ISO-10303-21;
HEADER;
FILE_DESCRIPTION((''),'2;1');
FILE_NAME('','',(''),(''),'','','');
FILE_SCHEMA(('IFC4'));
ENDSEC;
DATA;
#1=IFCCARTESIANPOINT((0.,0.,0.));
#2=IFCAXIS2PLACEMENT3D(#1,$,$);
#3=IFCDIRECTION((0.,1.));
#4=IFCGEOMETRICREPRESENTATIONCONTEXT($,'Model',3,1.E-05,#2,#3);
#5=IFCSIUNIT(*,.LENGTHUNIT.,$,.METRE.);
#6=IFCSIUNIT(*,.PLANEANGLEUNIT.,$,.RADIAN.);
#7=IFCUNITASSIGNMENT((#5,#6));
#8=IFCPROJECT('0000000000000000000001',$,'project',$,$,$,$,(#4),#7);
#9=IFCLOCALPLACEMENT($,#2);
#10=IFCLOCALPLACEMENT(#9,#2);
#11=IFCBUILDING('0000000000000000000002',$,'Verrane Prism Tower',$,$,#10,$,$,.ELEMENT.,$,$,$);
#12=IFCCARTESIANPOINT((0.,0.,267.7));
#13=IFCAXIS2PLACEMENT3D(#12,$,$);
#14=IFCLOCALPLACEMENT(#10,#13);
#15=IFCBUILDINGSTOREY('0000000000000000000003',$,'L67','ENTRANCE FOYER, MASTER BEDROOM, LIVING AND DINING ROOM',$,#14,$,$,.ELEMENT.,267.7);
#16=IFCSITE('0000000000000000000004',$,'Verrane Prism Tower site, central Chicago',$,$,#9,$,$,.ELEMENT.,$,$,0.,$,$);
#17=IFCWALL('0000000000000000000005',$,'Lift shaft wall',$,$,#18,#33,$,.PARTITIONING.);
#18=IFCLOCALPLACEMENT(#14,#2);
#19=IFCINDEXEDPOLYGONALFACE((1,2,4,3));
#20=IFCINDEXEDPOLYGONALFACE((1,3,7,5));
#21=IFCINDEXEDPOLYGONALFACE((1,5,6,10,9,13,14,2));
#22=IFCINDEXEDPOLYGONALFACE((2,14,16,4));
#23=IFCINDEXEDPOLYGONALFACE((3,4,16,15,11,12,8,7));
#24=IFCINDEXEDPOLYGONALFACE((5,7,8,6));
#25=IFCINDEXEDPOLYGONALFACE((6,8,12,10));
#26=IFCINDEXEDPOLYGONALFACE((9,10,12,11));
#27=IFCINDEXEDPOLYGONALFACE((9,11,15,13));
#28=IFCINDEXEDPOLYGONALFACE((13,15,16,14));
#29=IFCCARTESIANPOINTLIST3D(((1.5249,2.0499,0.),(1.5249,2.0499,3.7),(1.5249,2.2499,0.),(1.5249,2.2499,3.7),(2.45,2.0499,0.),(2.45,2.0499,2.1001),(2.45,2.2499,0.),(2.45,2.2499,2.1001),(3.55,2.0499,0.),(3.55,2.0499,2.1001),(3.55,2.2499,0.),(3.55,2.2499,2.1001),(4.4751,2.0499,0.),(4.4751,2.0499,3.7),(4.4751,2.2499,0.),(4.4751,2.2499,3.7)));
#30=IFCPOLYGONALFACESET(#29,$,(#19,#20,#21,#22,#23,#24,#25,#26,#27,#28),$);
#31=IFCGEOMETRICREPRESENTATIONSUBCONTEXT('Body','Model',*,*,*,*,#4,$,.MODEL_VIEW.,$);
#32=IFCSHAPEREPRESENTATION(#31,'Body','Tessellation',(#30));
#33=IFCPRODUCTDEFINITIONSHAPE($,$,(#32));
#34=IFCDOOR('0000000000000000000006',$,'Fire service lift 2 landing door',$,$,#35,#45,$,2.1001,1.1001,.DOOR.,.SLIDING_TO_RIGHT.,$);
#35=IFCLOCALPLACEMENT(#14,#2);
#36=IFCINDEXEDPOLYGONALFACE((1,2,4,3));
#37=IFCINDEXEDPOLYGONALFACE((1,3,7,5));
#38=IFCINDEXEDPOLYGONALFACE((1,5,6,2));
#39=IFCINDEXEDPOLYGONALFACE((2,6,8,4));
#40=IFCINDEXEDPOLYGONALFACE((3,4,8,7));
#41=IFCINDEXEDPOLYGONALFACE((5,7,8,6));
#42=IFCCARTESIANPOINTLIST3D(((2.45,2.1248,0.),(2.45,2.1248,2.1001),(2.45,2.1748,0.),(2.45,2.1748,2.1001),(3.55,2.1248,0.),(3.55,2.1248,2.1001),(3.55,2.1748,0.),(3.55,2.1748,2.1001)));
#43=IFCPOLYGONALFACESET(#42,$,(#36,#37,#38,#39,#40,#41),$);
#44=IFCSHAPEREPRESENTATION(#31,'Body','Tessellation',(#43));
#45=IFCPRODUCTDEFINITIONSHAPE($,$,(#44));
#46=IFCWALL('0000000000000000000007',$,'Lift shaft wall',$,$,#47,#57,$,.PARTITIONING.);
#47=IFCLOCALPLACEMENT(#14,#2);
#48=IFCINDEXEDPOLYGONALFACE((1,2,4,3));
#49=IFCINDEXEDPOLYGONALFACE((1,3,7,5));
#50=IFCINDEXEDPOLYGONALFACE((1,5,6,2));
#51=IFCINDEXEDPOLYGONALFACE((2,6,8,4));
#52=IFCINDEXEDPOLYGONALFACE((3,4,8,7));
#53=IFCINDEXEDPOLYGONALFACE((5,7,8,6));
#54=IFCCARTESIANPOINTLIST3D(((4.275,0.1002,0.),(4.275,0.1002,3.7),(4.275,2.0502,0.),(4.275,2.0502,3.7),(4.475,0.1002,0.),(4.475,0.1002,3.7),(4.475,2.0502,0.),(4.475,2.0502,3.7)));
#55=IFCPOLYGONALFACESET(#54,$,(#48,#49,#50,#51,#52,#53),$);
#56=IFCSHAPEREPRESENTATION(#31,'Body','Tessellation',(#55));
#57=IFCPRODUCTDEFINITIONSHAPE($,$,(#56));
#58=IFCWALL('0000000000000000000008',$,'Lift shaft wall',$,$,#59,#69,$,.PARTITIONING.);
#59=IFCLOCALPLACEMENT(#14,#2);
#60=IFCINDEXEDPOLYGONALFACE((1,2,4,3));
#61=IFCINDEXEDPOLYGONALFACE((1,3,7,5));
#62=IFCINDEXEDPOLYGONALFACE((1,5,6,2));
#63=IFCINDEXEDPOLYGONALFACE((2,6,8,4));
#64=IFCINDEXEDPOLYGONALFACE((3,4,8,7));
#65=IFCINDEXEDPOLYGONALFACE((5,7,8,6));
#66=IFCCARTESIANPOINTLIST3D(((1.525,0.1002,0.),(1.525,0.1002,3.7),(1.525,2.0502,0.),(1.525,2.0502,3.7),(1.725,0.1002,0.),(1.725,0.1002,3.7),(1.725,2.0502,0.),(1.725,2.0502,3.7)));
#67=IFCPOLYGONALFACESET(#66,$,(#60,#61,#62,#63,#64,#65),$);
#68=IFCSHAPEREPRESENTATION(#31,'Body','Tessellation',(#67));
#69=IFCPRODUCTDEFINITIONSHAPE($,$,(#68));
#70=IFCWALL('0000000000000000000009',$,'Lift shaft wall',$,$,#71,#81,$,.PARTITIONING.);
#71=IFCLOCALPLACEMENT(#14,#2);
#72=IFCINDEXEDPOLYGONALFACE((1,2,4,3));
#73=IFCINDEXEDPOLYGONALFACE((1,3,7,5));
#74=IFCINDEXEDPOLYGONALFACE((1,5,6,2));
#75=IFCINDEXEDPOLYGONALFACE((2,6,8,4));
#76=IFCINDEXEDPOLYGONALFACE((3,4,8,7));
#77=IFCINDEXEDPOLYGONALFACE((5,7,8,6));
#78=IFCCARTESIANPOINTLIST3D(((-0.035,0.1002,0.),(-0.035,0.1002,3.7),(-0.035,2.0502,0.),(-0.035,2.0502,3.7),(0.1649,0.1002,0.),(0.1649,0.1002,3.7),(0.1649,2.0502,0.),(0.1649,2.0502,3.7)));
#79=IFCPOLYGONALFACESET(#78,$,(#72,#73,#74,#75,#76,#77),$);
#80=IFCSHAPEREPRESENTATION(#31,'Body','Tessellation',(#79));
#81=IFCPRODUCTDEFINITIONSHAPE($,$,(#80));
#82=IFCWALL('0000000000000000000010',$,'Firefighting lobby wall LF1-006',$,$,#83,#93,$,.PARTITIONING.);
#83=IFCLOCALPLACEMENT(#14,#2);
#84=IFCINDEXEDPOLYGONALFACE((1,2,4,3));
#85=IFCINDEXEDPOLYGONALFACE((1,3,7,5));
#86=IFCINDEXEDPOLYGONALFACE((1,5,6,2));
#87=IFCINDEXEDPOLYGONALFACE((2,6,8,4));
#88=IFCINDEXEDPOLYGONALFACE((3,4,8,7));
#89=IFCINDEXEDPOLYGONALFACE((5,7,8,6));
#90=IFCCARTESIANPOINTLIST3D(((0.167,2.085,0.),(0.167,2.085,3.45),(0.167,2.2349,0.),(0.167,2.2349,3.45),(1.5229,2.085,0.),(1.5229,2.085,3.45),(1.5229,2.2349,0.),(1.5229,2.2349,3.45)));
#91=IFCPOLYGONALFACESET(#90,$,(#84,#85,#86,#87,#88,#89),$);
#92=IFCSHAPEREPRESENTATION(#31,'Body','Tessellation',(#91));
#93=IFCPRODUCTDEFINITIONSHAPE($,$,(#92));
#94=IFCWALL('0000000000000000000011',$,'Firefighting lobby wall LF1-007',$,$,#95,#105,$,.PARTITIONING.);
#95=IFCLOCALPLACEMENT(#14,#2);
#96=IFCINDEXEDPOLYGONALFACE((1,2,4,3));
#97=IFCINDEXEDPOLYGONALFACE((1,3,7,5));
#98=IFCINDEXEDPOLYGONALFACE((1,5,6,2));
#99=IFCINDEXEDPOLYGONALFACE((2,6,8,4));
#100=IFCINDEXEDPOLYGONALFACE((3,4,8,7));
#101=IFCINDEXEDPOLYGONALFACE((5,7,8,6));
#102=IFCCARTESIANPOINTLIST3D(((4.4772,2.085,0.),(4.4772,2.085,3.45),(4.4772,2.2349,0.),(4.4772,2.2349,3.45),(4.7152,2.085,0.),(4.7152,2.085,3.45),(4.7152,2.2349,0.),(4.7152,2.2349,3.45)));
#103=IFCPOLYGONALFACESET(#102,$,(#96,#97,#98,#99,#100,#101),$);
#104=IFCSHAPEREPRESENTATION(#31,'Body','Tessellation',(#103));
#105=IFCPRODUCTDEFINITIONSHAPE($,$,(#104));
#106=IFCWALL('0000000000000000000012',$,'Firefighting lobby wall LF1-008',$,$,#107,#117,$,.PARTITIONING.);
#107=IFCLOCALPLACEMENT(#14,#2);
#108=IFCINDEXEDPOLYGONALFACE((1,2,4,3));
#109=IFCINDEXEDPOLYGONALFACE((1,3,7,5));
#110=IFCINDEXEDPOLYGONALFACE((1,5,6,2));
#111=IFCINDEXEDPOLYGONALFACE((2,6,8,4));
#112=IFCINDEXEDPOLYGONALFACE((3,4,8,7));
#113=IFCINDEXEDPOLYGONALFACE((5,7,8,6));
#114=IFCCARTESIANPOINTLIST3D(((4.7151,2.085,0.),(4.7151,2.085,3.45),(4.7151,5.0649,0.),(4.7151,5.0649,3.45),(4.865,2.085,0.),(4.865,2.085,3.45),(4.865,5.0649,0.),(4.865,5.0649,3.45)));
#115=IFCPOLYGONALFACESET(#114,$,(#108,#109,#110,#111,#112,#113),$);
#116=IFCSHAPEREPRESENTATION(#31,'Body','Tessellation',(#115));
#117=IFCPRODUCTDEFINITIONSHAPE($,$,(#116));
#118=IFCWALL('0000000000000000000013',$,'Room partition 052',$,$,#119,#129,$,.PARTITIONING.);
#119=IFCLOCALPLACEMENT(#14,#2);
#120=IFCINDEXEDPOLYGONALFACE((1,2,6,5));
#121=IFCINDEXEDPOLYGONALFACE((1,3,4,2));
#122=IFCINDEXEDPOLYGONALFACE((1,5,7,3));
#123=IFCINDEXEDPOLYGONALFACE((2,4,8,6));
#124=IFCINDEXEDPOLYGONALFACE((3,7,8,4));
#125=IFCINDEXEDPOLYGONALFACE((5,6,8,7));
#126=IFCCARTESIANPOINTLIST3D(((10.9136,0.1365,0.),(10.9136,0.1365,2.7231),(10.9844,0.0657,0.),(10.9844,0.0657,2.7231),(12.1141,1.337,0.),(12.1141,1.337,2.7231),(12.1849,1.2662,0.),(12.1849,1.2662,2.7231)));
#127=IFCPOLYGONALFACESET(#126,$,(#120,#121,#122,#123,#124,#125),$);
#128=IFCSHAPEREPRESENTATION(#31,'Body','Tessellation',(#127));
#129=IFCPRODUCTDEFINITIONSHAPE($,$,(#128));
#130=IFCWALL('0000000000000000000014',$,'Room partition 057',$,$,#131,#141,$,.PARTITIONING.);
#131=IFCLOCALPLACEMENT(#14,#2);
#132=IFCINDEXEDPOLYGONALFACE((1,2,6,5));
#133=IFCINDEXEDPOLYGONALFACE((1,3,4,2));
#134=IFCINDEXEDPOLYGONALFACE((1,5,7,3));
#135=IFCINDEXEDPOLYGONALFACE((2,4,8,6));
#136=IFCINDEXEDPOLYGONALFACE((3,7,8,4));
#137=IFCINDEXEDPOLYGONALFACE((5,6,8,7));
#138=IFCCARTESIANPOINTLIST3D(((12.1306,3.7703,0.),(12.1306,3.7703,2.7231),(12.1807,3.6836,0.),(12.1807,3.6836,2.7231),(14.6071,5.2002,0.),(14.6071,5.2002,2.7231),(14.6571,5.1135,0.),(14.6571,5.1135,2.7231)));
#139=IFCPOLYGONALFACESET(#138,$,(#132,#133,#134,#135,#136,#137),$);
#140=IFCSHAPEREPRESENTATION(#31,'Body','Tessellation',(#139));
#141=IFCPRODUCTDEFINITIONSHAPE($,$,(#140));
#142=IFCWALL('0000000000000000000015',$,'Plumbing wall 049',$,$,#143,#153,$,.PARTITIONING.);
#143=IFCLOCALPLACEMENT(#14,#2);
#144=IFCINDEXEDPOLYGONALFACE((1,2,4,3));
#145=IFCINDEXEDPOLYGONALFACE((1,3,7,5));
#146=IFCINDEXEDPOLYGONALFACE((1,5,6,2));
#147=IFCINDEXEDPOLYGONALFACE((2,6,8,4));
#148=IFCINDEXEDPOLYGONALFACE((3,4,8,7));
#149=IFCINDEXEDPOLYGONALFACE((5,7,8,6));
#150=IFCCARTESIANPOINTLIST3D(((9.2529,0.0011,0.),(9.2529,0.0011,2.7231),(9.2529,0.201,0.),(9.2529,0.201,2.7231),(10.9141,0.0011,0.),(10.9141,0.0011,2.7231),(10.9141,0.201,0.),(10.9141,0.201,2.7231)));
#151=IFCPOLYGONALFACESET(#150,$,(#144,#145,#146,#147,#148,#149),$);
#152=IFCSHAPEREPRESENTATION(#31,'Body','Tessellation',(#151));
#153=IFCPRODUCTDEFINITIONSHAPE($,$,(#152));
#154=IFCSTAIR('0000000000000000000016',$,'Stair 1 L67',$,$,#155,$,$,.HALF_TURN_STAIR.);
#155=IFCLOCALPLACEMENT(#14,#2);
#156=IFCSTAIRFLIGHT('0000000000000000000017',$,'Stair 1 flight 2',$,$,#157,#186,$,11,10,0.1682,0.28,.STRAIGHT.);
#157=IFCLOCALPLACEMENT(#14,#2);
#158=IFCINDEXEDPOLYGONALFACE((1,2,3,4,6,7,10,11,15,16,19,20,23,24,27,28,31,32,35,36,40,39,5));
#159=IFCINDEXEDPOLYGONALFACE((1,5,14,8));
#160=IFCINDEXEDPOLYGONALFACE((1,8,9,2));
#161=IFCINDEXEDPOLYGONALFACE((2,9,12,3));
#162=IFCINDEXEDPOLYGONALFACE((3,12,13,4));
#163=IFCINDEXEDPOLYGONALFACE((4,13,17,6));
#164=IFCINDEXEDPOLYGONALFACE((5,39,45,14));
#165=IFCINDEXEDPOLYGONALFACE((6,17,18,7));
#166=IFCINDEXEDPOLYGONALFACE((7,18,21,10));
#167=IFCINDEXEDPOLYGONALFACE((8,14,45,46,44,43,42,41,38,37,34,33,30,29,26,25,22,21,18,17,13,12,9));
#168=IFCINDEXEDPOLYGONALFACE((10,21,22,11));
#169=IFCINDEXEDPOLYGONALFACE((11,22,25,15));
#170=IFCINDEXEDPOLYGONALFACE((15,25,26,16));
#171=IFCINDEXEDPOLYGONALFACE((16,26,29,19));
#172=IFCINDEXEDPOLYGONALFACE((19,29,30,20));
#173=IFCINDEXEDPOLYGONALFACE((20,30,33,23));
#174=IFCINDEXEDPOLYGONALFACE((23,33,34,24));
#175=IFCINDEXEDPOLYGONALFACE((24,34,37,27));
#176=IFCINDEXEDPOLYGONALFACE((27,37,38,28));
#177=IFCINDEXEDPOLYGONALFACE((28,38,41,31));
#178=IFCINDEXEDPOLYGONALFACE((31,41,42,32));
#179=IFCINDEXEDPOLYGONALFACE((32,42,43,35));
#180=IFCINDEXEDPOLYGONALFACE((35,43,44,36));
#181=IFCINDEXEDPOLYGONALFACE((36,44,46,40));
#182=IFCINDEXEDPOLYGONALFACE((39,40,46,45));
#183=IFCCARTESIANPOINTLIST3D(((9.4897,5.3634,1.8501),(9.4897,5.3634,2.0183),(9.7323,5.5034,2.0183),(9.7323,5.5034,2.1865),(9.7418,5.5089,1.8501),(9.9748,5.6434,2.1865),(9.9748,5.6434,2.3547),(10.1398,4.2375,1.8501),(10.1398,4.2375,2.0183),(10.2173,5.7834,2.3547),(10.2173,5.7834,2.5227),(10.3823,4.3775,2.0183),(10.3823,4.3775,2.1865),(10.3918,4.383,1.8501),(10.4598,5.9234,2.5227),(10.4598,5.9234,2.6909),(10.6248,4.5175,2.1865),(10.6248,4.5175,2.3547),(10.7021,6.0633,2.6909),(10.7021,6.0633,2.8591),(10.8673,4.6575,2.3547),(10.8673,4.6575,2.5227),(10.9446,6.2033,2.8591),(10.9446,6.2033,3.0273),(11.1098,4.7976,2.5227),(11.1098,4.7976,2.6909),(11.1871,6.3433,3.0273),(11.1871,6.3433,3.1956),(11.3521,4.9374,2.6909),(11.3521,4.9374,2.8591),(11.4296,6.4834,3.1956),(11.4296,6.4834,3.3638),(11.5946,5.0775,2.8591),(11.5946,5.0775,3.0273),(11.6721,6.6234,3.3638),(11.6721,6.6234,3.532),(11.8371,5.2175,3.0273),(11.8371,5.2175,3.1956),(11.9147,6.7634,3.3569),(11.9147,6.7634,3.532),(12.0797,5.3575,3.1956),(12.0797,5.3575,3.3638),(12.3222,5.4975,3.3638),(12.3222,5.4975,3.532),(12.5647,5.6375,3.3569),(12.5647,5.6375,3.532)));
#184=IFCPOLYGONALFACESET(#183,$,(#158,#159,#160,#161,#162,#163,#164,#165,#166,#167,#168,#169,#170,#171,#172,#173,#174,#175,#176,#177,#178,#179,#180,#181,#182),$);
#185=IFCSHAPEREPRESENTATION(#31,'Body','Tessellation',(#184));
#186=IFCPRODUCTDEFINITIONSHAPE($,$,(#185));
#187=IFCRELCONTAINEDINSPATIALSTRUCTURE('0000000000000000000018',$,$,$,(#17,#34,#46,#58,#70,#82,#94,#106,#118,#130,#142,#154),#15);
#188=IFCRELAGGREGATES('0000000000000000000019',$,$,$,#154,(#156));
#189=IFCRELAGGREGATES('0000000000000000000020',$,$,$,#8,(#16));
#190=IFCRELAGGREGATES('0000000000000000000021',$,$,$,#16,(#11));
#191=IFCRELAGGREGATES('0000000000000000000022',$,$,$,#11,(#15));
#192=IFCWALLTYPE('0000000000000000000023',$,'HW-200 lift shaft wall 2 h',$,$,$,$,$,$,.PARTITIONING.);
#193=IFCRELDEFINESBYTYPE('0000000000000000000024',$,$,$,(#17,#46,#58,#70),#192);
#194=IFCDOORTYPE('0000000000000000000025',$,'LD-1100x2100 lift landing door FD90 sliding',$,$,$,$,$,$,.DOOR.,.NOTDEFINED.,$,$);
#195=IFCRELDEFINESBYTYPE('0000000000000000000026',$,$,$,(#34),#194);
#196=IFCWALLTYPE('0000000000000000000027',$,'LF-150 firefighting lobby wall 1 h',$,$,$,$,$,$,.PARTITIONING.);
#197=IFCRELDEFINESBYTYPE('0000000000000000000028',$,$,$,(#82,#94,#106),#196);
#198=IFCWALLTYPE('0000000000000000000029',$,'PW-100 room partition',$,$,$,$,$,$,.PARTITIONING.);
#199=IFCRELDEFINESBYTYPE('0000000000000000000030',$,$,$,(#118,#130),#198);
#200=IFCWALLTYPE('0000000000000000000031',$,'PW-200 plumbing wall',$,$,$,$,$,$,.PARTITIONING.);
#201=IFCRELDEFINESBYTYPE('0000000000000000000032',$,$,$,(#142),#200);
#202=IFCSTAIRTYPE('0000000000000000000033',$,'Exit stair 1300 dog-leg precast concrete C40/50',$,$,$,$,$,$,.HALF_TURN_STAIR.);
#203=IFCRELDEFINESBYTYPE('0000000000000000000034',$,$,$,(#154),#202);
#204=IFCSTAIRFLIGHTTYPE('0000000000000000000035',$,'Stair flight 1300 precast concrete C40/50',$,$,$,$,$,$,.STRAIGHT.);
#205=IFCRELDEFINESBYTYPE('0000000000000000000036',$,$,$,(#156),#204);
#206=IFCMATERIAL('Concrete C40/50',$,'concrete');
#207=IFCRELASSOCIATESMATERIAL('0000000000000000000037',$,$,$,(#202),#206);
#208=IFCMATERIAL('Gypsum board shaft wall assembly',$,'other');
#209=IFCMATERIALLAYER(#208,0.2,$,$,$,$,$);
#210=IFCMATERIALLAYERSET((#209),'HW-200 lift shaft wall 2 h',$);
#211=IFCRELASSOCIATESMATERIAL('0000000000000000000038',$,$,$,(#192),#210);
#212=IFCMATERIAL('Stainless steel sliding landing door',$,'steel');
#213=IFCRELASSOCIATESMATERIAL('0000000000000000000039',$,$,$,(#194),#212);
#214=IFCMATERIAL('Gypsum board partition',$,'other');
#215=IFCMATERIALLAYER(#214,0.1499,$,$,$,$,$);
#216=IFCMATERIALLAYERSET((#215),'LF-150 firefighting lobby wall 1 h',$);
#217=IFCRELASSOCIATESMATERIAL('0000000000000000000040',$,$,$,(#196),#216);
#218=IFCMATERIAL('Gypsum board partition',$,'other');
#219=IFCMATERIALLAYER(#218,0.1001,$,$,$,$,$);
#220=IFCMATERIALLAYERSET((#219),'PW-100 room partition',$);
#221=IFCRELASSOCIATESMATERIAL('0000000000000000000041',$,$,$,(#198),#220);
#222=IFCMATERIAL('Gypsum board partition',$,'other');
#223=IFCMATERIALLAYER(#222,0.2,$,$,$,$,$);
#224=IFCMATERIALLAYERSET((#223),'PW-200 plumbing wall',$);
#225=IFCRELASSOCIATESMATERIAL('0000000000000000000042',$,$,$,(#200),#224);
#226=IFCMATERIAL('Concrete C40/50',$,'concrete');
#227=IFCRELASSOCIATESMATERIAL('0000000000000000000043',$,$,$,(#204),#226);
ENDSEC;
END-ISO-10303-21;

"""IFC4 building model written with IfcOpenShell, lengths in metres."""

from ifc_helpers import new_model, si_unit, direction, frame, frame_2d, origin, place, context, subcontext, project, spatial, polyline, rectangle, outline, extrude, material, layer, layer_set, type_object, element, fill, aggregate, save


model = new_model("IFC4")

# Units and contexts
model_context = context("Model", 3, precision=1e-05, world=origin(), true_north=direction((0.0, 1.0)))
body_context = subcontext(model_context, "Body", "Model", "MODEL_VIEW")
ifc_project = project(units=[si_unit("LENGTHUNIT", "METRE"), si_unit("PLANEANGLEUNIT", "RADIAN")], contexts=[model_context])

# Site, building, storey
site_placement = place(None, origin())
site = spatial("IfcSite", under=ifc_project, at=site_placement, Name="Verrane Prism Tower site, central Chicago", CompositionType="ELEMENT", RefElevation=0.0)
building_placement = place(site_placement, origin())
building = spatial("IfcBuilding", under=site, at=building_placement, Name="Verrane Prism Tower", CompositionType="ELEMENT")
storey_placement = place(building_placement, frame((0.0, 0.0, 267.7)))
storey = spatial("IfcBuildingStorey", under=building, at=storey_placement, Name="L67", Description="ENTRANCE FOYER, MASTER BEDROOM, LIVING AND DINING ROOM", CompositionType="ELEMENT", Elevation=267.7)

# Shared definitions
ifc_material_1 = material(Name="Concrete C40/50", Category="concrete")
stair_type = type_object("IfcStairType", Name="Exit stair 1300 dog-leg precast concrete C40/50", PredefinedType="HALF_TURN_STAIR", material=ifc_material_1)

# Shared definitions
ifc_material_2 = material(Name="Gypsum board shaft wall assembly", Category="other")
ifc_layer_1 = layer(ifc_material_2, 0.2)
ifc_layer_set_1 = layer_set([ifc_layer_1], Name="HW-200 lift shaft wall 2 h")
wall_type_1 = type_object("IfcWallType", Name="HW-200 lift shaft wall 2 h", PredefinedType="PARTITIONING", material=ifc_layer_set_1)

# Wall, opening, door
wall_1_placement = place(storey_placement, frame((1.5249, 2.1499, 0.0), z_axis=(0.0, 0.0, 1.0), x_axis=(1.0, 0.0, 0.0)))
wall_1 = element("IfcWall", 1, at=wall_1_placement, inside=storey, type_object=wall_type_1, Name="Lift shaft wall", PredefinedType="PARTITIONING", context=body_context, shape_type="SweptSolid", body=[
    extrude(rectangle(XDim=2.9502, YDim=0.2, at=frame_2d((1.4751, 0.0))), origin(), (0.0, 0.0, 1.0), 3.7),
])
opening_1_placement = place(wall_1_placement, frame((0.925, 0.0, 0.0)))
opening_1 = element("IfcOpeningElement", 2, at=opening_1_placement, cuts=wall_1, PredefinedType="OPENING", context=body_context, shape_type="SweptSolid", body=[
    extrude(rectangle(XDim=1.1001, YDim=2.1001, at=frame_2d((0.55, 1.05))), frame((0.0, 0.1099, 0.0), z_axis=(0.0, -1.0, 0.0), x_axis=(1.0, 0.0, 0.0)), (0.0, 0.0, 1.0), 0.22),
])
ifc_material_3 = material(Name="Stainless steel sliding landing door", Category="steel")
door_type_1 = type_object("IfcDoorType", Name="LD-1100x2100 lift landing door FD90 sliding", OperationType="NOTDEFINED", PredefinedType="DOOR", material=ifc_material_3)
door_1_placement = place(opening_1_placement, origin())
door_1 = element("IfcDoor", 3, at=door_1_placement, inside=storey, type_object=door_type_1, Name="Fire service lift 2 landing door", OperationType="SLIDING_TO_RIGHT", OverallHeight=2.1001, OverallWidth=1.1001, PredefinedType="DOOR", context=body_context, shape_type="SweptSolid", body=[
    extrude(rectangle(XDim=1.1001, YDim=2.1001, at=frame_2d((0.55, 1.05))), frame((0.0, 0.0249, 0.0), z_axis=(0.0, -1.0, 0.0), x_axis=(1.0, 0.0, 0.0)), (0.0, 0.0, 1.0), 0.05),
])
fill(opening_1, door_1)

# Walls
for number, where, z_axis, x_axis, name in (
    (4, (4.375, 0.1001, 0.0), (0.0, 0.0, 1.0), (0.0, 1.0, 0.0), "Lift shaft wall"),
    (5, (1.625, 0.1001, 0.0), (0.0, 0.0, 1.0), (0.0, 1.0, 0.0), "Lift shaft wall"),
    (6, (0.0649, 0.1001, 0.0), (0.0, 0.0, 1.0), (0.0, 1.0, 0.0), "Lift shaft wall"),
):
    element("IfcWall", number, at=place(storey_placement, frame(where, z_axis=z_axis, x_axis=x_axis)), inside=storey, type_object=wall_type_1, Name=name, PredefinedType="PARTITIONING", context=body_context, shape_type="SweptSolid", body=[
        extrude(rectangle(XDim=1.95, YDim=0.2, at=frame_2d((0.9751, 0.0))), origin(), (0.0, 0.0, 1.0), 3.7),
    ])
ifc_material_4 = material(Name="Gypsum board partition", Category="other")
ifc_layer_2 = layer(ifc_material_4, 0.1499)
ifc_layer_set_2 = layer_set([ifc_layer_2], Name="LF-150 firefighting lobby wall 1 h")
wall_type_2 = type_object("IfcWallType", Name="LF-150 firefighting lobby wall 1 h", PredefinedType="PARTITIONING", material=ifc_layer_set_2)
wall_2_placement = place(storey_placement, frame((0.167, 2.1599, 0.0), z_axis=(0.0, 0.0, 1.0), x_axis=(1.0, 0.0, 0.0)))
element("IfcWall", 7, at=wall_2_placement, inside=storey, type_object=wall_type_2, Name="Firefighting lobby wall LF1-006", PredefinedType="PARTITIONING", context=body_context, shape_type="SweptSolid", body=[
    extrude(rectangle(XDim=1.356, YDim=0.1499, at=frame_2d((0.678, 0.0))), origin(), (0.0, 0.0, 1.0), 3.45),
])
wall_3_placement = place(storey_placement, frame((4.4771, 2.1599, 0.0), z_axis=(0.0, 0.0, 1.0), x_axis=(1.0, 0.0, 0.0)))
element("IfcWall", 8, at=wall_3_placement, inside=storey, type_object=wall_type_2, Name="Firefighting lobby wall LF1-007", PredefinedType="PARTITIONING", context=body_context, shape_type="SweptSolid", body=[
    extrude(rectangle(XDim=0.238, YDim=0.1499, at=frame_2d((0.1191, 0.0))), origin(), (0.0, 0.0, 1.0), 3.45),
])
wall_4_placement = place(storey_placement, frame((4.79, 2.085, 0.0), z_axis=(0.0, 0.0, 1.0), x_axis=(0.0, 1.0, 0.0)))
element("IfcWall", 9, at=wall_4_placement, inside=storey, type_object=wall_type_2, Name="Firefighting lobby wall LF1-008", PredefinedType="PARTITIONING", context=body_context, shape_type="SweptSolid", body=[
    extrude(rectangle(XDim=2.98, YDim=0.1499, at=frame_2d((1.49, 0.0))), origin(), (0.0, 0.0, 1.0), 3.45),
])
ifc_material_5 = material(Name="Gypsum board partition", Category="other")
ifc_layer_3 = layer(ifc_material_5, 0.1001)
ifc_layer_set_3 = layer_set([ifc_layer_3], Name="PW-100 room partition")
wall_type_3 = type_object("IfcWallType", Name="PW-100 room partition", PredefinedType="PARTITIONING", material=ifc_layer_set_3)
wall_5_placement = place(storey_placement, frame((10.949, 0.1011, 0.0), z_axis=(0.0, 0.0, 1.0), x_axis=(0.707107, 0.707107, 0.0)))
element("IfcWall", 10, at=wall_5_placement, inside=storey, type_object=wall_type_3, Name="Room partition 052", PredefinedType="PARTITIONING", context=body_context, shape_type="SweptSolid", body=[
    extrude(rectangle(XDim=1.6978, YDim=0.1001, at=frame_2d((0.8489, 0.0))), origin(), (0.0, 0.0, 1.0), 2.7231),
])
wall_6_placement = place(storey_placement, frame((12.1558, 3.7271, 0.0), z_axis=(0.0, 0.0, 1.0), x_axis=(0.866012, 0.500023, 0.0)))
element("IfcWall", 11, at=wall_6_placement, inside=storey, type_object=wall_type_3, Name="Room partition 057", PredefinedType="PARTITIONING", context=body_context, shape_type="SweptSolid", body=[
    extrude(rectangle(XDim=2.8596, YDim=0.1001, at=frame_2d((1.4297, 0.0))), origin(), (0.0, 0.0, 1.0), 2.7231),
])
ifc_material_6 = material(Name="Gypsum board partition", Category="other")
ifc_layer_4 = layer(ifc_material_6, 0.2)
ifc_layer_set_4 = layer_set([ifc_layer_4], Name="PW-200 plumbing wall")
wall_type_4 = type_object("IfcWallType", Name="PW-200 plumbing wall", PredefinedType="PARTITIONING", material=ifc_layer_set_4)
wall_7_placement = place(storey_placement, frame((9.2529, 0.1011, 0.0), z_axis=(0.0, 0.0, 1.0), x_axis=(1.0, 0.0, 0.0)))
element("IfcWall", 12, at=wall_7_placement, inside=storey, type_object=wall_type_4, Name="Plumbing wall 049", PredefinedType="PARTITIONING", context=body_context, shape_type="SweptSolid", body=[
    extrude(rectangle(XDim=1.6611, YDim=0.2, at=frame_2d((0.8306, 0.0))), origin(), (0.0, 0.0, 1.0), 2.7231),
])

# Stair, stair flight
stair_1_placement = place(storey_placement, origin())
stair_1 = element("IfcStair", 13, at=stair_1_placement, inside=storey, type_object=stair_type, Name="Stair 1 L67", PredefinedType="HALF_TURN_STAIR")
ifc_material_7 = material(Name="Concrete C40/50", Category="concrete")
stair_flight_type = type_object("IfcStairFlightType", Name="Stair flight 1300 precast concrete C40/50", PredefinedType="STRAIGHT", material=ifc_material_7)
stair_flight_placement = place(storey_placement, frame((9.8147, 4.8005, 1.8501), z_axis=(0.0, 0.0, 1.0), x_axis=(0.866025, 0.5, 0.0)))
stair_flight = element("IfcStairFlight", 14, at=stair_flight_placement, type_object=stair_flight_type, Name="Stair 1 flight 2", NumberOfRisers=11, NumberOfTreads=10, PredefinedType="STRAIGHT", RiserHeight=0.1682, TreadLength=0.28, context=body_context, shape_type="SweptSolid", body=[
    extrude(outline(polyline([(0.0, 0.0), (0.0, 0.1682), (0.28, 0.1682), (0.28, 0.3364), (0.5601, 0.3364), (0.5601, 0.5046), (0.8401, 0.5046), (0.8401, 0.6726), (1.1201, 0.6726), (1.1201, 0.8408), (1.3999, 0.8408), (1.3999, 1.009), (1.6799, 1.009), (1.6799, 1.1772), (1.96, 1.1772), (1.96, 1.3455), (2.24, 1.3455), (2.24, 1.5137), (2.52, 1.5137), (2.52, 1.6819), (2.8, 1.6819), (2.8, 1.8501), (2.8, 1.5068), (0.291, 0.0), (0.0, 0.0)])), frame((0.0, 0.6499, 0.0), z_axis=(0.0, -1.0, 0.0), x_axis=(1.0, 0.0, 0.0)), (0.0, 0.0, 1.0), 1.3),
])
aggregate(stair_1, [stair_flight])

save(model, "model.ifc")
